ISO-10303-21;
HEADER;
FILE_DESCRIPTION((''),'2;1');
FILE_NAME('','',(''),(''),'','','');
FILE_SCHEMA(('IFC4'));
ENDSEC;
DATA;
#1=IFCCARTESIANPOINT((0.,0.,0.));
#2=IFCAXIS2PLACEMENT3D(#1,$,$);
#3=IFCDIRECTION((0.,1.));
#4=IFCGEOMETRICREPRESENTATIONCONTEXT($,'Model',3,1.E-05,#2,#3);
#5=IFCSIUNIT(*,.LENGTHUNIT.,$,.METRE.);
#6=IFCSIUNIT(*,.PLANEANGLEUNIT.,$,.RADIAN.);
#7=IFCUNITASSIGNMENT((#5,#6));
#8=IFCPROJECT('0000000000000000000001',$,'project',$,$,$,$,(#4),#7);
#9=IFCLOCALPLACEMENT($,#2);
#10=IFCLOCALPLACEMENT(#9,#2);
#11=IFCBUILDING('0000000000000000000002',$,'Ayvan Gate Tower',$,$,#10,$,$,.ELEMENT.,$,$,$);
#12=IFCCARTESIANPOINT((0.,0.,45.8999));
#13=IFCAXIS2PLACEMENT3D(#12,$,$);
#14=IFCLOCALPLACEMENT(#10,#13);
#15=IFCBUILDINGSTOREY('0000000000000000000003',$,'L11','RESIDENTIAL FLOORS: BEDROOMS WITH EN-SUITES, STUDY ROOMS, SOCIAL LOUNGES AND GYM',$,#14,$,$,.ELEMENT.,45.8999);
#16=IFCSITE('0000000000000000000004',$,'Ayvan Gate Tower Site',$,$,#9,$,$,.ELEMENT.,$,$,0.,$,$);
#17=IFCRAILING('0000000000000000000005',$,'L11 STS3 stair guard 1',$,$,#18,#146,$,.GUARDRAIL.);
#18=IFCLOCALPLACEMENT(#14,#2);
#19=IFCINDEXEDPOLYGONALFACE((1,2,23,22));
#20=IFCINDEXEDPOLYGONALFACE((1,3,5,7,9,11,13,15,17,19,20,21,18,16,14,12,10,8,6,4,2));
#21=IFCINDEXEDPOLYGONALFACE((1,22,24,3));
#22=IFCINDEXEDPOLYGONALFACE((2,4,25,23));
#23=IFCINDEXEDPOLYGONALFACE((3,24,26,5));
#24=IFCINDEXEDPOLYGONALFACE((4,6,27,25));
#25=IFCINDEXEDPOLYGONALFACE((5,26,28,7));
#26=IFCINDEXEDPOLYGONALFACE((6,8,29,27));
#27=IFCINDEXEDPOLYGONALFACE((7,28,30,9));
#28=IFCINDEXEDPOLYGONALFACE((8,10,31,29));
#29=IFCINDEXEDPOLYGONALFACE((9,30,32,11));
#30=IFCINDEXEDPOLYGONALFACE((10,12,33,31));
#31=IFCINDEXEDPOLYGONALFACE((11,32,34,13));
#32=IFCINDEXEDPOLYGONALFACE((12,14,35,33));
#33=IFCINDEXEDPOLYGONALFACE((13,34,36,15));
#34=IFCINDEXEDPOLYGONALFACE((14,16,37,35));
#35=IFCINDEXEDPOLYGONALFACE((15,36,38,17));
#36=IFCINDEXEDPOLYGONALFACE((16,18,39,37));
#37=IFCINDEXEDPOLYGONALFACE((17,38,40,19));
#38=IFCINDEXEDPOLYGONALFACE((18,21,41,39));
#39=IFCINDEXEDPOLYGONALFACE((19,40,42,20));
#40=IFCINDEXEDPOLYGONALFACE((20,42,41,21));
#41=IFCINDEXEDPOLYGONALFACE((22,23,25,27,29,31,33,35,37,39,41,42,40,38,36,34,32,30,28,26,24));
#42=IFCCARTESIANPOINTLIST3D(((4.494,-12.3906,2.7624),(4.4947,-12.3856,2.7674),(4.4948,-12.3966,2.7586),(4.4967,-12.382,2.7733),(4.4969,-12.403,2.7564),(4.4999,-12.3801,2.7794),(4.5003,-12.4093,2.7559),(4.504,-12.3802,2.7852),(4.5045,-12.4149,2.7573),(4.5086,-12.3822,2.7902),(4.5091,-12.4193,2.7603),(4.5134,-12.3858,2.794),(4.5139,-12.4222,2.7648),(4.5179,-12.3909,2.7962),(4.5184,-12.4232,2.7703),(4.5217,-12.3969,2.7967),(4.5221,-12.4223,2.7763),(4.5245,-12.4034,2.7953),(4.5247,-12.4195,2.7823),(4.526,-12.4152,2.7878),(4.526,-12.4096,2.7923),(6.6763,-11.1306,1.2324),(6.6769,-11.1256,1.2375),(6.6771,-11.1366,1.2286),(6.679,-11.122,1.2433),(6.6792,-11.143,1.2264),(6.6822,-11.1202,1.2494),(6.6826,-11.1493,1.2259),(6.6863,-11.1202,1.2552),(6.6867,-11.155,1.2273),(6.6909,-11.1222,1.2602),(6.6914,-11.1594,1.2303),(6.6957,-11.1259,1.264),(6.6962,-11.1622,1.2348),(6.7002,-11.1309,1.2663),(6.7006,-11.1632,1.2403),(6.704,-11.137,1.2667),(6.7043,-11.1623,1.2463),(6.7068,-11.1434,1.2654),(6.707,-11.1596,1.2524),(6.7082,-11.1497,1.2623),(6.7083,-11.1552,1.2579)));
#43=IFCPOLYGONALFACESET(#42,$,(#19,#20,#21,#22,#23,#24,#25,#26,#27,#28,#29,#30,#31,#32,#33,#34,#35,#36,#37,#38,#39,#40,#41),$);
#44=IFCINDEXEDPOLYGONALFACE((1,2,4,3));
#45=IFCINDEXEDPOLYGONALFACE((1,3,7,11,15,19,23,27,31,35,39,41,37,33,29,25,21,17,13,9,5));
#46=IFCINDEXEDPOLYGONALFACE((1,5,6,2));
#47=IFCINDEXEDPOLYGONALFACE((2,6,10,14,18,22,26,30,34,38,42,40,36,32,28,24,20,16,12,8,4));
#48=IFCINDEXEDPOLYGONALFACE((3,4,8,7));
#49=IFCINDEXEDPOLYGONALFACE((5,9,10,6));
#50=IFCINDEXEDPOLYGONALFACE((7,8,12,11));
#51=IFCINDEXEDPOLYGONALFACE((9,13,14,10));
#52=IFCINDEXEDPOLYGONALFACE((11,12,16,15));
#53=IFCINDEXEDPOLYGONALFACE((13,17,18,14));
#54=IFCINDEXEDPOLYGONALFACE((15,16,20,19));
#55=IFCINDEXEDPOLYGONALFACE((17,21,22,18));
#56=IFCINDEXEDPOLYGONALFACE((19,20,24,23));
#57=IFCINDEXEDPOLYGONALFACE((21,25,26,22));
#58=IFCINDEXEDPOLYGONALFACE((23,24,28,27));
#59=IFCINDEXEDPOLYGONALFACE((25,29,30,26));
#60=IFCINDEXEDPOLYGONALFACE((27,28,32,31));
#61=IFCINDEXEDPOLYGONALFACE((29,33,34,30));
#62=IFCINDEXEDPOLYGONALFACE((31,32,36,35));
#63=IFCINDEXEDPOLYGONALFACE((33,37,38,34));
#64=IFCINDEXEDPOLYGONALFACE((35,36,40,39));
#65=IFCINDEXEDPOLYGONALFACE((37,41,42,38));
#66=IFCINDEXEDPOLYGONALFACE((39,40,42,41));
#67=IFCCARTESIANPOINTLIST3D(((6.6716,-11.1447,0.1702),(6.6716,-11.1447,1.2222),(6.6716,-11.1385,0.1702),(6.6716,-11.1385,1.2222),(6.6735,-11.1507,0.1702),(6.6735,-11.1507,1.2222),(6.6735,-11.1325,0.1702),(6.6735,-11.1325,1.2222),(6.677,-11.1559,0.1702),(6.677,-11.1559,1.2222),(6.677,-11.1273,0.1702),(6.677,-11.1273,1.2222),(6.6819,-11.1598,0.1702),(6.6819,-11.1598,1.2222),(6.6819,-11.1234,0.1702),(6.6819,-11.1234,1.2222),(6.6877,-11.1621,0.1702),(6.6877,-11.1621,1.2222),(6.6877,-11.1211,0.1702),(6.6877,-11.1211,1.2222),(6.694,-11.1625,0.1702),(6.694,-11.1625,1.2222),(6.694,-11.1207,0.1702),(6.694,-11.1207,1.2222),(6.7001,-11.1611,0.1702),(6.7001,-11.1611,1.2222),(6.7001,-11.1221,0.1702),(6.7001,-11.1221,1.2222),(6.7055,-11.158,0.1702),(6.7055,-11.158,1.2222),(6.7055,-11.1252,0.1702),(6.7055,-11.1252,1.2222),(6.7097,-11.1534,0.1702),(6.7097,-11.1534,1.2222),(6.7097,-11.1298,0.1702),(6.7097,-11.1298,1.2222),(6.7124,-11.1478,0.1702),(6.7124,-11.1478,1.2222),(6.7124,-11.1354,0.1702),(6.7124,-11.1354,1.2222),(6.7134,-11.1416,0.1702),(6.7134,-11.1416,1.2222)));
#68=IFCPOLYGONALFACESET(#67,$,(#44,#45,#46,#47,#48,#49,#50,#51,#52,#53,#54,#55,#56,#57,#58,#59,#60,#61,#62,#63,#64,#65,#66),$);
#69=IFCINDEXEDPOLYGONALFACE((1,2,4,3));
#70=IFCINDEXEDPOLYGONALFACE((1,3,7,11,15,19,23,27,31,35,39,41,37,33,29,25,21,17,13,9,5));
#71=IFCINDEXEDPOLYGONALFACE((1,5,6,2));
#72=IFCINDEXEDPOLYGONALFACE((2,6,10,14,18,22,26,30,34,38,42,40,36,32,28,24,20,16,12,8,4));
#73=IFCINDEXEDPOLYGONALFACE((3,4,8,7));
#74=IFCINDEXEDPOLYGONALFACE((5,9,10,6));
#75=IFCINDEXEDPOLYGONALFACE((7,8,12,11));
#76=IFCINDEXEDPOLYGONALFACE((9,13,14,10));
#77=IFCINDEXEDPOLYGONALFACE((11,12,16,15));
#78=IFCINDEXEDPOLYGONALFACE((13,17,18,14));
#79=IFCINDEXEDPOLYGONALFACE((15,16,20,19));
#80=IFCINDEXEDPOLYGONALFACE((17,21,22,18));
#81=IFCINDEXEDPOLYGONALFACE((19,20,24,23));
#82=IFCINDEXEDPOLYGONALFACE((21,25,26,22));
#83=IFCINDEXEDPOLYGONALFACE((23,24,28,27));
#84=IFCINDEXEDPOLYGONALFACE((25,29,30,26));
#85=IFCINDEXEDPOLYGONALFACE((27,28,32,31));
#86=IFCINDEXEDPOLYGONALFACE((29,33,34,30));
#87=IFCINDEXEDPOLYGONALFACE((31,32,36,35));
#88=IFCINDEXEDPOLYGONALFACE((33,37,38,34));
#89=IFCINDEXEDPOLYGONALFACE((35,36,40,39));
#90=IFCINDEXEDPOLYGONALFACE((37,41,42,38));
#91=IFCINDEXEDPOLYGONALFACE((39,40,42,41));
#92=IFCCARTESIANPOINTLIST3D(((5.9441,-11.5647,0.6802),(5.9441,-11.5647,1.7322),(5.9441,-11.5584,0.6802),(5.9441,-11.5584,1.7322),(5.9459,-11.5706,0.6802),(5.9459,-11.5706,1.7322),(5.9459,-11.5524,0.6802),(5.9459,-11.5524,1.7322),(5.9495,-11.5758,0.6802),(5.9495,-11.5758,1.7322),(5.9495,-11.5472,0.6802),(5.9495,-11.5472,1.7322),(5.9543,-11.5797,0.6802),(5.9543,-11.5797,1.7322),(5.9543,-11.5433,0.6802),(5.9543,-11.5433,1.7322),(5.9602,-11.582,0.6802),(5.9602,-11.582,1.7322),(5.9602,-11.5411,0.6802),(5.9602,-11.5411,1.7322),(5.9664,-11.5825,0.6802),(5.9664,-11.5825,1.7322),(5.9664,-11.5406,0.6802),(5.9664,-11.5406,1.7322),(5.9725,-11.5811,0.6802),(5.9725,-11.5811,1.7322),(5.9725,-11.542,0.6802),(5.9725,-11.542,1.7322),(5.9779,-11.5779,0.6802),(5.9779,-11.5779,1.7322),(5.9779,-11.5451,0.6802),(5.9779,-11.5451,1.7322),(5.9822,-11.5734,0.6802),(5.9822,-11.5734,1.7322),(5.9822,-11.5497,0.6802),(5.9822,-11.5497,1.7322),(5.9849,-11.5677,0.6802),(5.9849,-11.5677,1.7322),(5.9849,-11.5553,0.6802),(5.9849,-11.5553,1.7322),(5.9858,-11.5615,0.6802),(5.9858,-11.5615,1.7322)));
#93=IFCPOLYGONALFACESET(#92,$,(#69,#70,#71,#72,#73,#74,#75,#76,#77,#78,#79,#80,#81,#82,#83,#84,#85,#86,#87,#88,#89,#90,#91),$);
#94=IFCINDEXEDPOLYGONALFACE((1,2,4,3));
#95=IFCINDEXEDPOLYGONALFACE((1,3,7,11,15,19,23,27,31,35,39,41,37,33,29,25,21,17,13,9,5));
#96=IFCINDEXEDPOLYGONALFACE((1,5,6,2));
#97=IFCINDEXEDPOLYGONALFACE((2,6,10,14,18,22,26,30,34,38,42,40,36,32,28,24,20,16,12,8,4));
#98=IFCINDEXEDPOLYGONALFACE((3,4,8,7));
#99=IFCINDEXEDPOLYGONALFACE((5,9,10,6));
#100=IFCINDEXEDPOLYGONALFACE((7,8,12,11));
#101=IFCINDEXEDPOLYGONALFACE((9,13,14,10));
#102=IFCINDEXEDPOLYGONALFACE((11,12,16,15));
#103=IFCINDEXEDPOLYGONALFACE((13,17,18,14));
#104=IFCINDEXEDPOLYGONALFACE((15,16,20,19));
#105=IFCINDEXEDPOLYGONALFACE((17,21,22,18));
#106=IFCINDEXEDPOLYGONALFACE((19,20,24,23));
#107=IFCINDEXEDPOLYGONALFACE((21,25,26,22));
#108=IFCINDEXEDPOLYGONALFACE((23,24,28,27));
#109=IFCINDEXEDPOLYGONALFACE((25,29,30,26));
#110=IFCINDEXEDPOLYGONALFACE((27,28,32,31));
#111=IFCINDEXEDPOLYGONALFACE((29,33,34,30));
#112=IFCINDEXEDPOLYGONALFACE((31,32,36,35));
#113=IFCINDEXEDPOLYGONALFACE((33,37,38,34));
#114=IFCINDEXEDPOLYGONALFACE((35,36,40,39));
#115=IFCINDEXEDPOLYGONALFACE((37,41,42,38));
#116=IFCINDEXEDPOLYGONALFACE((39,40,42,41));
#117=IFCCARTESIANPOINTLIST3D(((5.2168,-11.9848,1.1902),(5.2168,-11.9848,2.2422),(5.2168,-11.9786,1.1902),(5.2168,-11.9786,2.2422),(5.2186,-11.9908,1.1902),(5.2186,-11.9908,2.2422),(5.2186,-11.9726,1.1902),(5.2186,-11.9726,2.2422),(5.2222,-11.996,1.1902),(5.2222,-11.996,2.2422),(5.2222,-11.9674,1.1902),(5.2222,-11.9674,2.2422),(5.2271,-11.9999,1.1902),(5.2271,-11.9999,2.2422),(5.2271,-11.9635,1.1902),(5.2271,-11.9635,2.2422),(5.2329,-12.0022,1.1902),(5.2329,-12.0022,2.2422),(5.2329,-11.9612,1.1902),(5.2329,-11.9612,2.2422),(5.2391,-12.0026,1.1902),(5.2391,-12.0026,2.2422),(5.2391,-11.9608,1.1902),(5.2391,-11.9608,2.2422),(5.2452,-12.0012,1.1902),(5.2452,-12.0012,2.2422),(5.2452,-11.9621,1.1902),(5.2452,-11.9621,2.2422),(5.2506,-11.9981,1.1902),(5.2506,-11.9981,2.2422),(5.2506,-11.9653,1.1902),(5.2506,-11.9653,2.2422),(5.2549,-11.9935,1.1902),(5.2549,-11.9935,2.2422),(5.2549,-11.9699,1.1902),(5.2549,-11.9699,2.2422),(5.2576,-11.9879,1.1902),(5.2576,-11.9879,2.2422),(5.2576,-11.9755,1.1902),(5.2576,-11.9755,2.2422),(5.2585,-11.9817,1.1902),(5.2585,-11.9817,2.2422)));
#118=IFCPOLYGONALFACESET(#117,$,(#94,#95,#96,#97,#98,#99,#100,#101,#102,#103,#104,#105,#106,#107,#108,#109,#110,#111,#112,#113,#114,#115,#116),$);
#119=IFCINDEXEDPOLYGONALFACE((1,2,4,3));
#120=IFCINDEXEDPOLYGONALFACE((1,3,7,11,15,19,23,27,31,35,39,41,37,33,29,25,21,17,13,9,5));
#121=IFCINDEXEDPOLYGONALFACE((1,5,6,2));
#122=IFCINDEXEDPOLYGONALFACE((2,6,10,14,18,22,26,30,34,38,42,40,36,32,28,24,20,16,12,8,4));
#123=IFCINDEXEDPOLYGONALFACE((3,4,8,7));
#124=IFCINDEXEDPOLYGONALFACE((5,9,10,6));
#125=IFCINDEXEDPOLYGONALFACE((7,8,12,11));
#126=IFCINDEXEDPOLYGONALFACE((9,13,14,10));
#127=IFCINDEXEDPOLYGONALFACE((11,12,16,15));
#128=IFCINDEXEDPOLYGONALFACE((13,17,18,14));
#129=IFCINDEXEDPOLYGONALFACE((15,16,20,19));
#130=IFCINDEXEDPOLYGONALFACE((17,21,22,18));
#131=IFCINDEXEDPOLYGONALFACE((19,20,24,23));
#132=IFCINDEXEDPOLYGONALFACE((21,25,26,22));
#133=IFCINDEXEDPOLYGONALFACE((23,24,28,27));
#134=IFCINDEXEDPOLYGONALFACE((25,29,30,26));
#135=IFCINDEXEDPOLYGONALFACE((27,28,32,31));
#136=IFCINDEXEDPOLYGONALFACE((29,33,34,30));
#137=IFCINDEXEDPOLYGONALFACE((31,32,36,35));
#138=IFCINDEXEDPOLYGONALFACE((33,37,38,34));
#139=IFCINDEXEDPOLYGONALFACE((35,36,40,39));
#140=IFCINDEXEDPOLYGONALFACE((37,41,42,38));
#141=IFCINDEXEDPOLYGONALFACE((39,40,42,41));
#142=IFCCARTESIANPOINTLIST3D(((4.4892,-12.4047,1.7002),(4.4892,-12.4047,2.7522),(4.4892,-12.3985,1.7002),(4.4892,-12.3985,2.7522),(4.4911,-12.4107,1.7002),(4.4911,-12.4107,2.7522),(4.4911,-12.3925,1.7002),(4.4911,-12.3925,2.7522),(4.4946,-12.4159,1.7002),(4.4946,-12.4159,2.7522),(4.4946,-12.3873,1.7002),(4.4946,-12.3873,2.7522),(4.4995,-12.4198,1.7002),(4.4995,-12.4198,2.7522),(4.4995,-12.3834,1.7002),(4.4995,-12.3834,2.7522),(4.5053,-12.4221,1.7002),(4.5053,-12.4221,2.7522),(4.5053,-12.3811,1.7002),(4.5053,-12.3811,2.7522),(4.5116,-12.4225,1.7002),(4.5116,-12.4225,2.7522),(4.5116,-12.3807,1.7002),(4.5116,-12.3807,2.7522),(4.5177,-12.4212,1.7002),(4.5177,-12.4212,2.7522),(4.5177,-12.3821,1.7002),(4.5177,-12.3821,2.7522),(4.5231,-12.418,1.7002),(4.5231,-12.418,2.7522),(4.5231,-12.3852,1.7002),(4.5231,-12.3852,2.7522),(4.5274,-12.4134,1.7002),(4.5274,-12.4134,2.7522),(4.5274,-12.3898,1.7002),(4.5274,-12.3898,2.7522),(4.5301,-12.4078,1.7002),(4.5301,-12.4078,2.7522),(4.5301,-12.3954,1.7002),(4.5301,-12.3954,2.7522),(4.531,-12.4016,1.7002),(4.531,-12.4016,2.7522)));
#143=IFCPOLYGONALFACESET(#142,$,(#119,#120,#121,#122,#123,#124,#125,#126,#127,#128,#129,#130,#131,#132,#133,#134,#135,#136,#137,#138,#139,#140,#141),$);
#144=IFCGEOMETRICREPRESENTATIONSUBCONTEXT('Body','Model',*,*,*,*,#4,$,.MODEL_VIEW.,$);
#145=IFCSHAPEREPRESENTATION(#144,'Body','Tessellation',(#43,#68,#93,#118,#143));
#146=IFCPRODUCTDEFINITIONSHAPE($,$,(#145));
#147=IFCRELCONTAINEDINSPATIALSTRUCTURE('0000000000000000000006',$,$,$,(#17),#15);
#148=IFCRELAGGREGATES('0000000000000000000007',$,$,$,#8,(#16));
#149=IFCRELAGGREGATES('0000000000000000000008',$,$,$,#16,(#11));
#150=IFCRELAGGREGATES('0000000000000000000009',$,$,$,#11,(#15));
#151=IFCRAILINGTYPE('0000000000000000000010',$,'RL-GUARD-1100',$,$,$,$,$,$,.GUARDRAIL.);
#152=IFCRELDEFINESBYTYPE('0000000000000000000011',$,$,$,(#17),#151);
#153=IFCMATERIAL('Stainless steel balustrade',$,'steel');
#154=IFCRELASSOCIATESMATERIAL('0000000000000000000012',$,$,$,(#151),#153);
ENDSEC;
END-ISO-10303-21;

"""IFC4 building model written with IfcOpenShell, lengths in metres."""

from ifc_helpers import new_model, si_unit, direction, frame, origin, origin_2d, place, context, subcontext, project, spatial, circle, extrude, material, type_object, element, save


model = new_model("IFC4")

# Units and contexts
model_context = context("Model", 3, precision=1e-05, world=origin(), true_north=direction((0.0, 1.0)))
body_context = subcontext(model_context, "Body", "Model", "MODEL_VIEW")
ifc_project = project(units=[si_unit("LENGTHUNIT", "METRE"), si_unit("PLANEANGLEUNIT", "RADIAN")], contexts=[model_context])

# Site, building, storey
site_placement = place(None, origin())
site = spatial("IfcSite", under=ifc_project, at=site_placement, Name="Ayvan Gate Tower Site", CompositionType="ELEMENT", RefElevation=0.0)
building_placement = place(site_placement, origin())
building = spatial("IfcBuilding", under=site, at=building_placement, Name="Ayvan Gate Tower", CompositionType="ELEMENT")
storey_placement = place(building_placement, frame((0.0, 0.0, 45.8999)))
storey = spatial("IfcBuildingStorey", under=building, at=storey_placement, Name="L11", Description="RESIDENTIAL FLOORS: BEDROOMS WITH EN-SUITES, STUDY ROOMS, SOCIAL LOUNGES AND GYM", CompositionType="ELEMENT", Elevation=45.8999)

# Railing
ifc_material_1 = material(Name="Stainless steel balustrade", Category="steel")
railing_type_1 = type_object("IfcRailingType", Name="RL-GUARD-1100", PredefinedType="GUARDRAIL", material=ifc_material_1)
railing_1_placement = place(storey_placement, frame((6.6924, -11.1416, 0.1702)))
element("IfcRailing", 1, at=railing_1_placement, inside=storey, type_object=railing_type_1, Name="L11 STS3 stair guard 1", PredefinedType="GUARDRAIL", context=body_context, shape_type="SweptSolid", body=[
    extrude(circle(Radius=0.0239, at=origin_2d()), frame((0.0, 0.0, 1.0762), z_axis=(-0.740261, -0.427395, 0.518986), x_axis=(0.500005, -0.866023, 0.0)), (0.0, 0.0, 1.0), 2.948),
    extrude(circle(Radius=0.021, at=origin_2d()), origin(), (0.0, 0.0, 1.0), 1.052),
    extrude(circle(Radius=0.021, at=origin_2d()), frame((-0.7275, -0.4199, 0.51)), (0.0, 0.0, 1.0), 1.052),
    extrude(circle(Radius=0.021, at=origin_2d()), frame((-1.4548, -0.8401, 1.02)), (0.0, 0.0, 1.0), 1.052),
    extrude(circle(Radius=0.021, at=origin_2d()), frame((-2.1824, -1.26, 1.53)), (0.0, 0.0, 1.0), 1.052),
])

save(model, "model.ifc")
